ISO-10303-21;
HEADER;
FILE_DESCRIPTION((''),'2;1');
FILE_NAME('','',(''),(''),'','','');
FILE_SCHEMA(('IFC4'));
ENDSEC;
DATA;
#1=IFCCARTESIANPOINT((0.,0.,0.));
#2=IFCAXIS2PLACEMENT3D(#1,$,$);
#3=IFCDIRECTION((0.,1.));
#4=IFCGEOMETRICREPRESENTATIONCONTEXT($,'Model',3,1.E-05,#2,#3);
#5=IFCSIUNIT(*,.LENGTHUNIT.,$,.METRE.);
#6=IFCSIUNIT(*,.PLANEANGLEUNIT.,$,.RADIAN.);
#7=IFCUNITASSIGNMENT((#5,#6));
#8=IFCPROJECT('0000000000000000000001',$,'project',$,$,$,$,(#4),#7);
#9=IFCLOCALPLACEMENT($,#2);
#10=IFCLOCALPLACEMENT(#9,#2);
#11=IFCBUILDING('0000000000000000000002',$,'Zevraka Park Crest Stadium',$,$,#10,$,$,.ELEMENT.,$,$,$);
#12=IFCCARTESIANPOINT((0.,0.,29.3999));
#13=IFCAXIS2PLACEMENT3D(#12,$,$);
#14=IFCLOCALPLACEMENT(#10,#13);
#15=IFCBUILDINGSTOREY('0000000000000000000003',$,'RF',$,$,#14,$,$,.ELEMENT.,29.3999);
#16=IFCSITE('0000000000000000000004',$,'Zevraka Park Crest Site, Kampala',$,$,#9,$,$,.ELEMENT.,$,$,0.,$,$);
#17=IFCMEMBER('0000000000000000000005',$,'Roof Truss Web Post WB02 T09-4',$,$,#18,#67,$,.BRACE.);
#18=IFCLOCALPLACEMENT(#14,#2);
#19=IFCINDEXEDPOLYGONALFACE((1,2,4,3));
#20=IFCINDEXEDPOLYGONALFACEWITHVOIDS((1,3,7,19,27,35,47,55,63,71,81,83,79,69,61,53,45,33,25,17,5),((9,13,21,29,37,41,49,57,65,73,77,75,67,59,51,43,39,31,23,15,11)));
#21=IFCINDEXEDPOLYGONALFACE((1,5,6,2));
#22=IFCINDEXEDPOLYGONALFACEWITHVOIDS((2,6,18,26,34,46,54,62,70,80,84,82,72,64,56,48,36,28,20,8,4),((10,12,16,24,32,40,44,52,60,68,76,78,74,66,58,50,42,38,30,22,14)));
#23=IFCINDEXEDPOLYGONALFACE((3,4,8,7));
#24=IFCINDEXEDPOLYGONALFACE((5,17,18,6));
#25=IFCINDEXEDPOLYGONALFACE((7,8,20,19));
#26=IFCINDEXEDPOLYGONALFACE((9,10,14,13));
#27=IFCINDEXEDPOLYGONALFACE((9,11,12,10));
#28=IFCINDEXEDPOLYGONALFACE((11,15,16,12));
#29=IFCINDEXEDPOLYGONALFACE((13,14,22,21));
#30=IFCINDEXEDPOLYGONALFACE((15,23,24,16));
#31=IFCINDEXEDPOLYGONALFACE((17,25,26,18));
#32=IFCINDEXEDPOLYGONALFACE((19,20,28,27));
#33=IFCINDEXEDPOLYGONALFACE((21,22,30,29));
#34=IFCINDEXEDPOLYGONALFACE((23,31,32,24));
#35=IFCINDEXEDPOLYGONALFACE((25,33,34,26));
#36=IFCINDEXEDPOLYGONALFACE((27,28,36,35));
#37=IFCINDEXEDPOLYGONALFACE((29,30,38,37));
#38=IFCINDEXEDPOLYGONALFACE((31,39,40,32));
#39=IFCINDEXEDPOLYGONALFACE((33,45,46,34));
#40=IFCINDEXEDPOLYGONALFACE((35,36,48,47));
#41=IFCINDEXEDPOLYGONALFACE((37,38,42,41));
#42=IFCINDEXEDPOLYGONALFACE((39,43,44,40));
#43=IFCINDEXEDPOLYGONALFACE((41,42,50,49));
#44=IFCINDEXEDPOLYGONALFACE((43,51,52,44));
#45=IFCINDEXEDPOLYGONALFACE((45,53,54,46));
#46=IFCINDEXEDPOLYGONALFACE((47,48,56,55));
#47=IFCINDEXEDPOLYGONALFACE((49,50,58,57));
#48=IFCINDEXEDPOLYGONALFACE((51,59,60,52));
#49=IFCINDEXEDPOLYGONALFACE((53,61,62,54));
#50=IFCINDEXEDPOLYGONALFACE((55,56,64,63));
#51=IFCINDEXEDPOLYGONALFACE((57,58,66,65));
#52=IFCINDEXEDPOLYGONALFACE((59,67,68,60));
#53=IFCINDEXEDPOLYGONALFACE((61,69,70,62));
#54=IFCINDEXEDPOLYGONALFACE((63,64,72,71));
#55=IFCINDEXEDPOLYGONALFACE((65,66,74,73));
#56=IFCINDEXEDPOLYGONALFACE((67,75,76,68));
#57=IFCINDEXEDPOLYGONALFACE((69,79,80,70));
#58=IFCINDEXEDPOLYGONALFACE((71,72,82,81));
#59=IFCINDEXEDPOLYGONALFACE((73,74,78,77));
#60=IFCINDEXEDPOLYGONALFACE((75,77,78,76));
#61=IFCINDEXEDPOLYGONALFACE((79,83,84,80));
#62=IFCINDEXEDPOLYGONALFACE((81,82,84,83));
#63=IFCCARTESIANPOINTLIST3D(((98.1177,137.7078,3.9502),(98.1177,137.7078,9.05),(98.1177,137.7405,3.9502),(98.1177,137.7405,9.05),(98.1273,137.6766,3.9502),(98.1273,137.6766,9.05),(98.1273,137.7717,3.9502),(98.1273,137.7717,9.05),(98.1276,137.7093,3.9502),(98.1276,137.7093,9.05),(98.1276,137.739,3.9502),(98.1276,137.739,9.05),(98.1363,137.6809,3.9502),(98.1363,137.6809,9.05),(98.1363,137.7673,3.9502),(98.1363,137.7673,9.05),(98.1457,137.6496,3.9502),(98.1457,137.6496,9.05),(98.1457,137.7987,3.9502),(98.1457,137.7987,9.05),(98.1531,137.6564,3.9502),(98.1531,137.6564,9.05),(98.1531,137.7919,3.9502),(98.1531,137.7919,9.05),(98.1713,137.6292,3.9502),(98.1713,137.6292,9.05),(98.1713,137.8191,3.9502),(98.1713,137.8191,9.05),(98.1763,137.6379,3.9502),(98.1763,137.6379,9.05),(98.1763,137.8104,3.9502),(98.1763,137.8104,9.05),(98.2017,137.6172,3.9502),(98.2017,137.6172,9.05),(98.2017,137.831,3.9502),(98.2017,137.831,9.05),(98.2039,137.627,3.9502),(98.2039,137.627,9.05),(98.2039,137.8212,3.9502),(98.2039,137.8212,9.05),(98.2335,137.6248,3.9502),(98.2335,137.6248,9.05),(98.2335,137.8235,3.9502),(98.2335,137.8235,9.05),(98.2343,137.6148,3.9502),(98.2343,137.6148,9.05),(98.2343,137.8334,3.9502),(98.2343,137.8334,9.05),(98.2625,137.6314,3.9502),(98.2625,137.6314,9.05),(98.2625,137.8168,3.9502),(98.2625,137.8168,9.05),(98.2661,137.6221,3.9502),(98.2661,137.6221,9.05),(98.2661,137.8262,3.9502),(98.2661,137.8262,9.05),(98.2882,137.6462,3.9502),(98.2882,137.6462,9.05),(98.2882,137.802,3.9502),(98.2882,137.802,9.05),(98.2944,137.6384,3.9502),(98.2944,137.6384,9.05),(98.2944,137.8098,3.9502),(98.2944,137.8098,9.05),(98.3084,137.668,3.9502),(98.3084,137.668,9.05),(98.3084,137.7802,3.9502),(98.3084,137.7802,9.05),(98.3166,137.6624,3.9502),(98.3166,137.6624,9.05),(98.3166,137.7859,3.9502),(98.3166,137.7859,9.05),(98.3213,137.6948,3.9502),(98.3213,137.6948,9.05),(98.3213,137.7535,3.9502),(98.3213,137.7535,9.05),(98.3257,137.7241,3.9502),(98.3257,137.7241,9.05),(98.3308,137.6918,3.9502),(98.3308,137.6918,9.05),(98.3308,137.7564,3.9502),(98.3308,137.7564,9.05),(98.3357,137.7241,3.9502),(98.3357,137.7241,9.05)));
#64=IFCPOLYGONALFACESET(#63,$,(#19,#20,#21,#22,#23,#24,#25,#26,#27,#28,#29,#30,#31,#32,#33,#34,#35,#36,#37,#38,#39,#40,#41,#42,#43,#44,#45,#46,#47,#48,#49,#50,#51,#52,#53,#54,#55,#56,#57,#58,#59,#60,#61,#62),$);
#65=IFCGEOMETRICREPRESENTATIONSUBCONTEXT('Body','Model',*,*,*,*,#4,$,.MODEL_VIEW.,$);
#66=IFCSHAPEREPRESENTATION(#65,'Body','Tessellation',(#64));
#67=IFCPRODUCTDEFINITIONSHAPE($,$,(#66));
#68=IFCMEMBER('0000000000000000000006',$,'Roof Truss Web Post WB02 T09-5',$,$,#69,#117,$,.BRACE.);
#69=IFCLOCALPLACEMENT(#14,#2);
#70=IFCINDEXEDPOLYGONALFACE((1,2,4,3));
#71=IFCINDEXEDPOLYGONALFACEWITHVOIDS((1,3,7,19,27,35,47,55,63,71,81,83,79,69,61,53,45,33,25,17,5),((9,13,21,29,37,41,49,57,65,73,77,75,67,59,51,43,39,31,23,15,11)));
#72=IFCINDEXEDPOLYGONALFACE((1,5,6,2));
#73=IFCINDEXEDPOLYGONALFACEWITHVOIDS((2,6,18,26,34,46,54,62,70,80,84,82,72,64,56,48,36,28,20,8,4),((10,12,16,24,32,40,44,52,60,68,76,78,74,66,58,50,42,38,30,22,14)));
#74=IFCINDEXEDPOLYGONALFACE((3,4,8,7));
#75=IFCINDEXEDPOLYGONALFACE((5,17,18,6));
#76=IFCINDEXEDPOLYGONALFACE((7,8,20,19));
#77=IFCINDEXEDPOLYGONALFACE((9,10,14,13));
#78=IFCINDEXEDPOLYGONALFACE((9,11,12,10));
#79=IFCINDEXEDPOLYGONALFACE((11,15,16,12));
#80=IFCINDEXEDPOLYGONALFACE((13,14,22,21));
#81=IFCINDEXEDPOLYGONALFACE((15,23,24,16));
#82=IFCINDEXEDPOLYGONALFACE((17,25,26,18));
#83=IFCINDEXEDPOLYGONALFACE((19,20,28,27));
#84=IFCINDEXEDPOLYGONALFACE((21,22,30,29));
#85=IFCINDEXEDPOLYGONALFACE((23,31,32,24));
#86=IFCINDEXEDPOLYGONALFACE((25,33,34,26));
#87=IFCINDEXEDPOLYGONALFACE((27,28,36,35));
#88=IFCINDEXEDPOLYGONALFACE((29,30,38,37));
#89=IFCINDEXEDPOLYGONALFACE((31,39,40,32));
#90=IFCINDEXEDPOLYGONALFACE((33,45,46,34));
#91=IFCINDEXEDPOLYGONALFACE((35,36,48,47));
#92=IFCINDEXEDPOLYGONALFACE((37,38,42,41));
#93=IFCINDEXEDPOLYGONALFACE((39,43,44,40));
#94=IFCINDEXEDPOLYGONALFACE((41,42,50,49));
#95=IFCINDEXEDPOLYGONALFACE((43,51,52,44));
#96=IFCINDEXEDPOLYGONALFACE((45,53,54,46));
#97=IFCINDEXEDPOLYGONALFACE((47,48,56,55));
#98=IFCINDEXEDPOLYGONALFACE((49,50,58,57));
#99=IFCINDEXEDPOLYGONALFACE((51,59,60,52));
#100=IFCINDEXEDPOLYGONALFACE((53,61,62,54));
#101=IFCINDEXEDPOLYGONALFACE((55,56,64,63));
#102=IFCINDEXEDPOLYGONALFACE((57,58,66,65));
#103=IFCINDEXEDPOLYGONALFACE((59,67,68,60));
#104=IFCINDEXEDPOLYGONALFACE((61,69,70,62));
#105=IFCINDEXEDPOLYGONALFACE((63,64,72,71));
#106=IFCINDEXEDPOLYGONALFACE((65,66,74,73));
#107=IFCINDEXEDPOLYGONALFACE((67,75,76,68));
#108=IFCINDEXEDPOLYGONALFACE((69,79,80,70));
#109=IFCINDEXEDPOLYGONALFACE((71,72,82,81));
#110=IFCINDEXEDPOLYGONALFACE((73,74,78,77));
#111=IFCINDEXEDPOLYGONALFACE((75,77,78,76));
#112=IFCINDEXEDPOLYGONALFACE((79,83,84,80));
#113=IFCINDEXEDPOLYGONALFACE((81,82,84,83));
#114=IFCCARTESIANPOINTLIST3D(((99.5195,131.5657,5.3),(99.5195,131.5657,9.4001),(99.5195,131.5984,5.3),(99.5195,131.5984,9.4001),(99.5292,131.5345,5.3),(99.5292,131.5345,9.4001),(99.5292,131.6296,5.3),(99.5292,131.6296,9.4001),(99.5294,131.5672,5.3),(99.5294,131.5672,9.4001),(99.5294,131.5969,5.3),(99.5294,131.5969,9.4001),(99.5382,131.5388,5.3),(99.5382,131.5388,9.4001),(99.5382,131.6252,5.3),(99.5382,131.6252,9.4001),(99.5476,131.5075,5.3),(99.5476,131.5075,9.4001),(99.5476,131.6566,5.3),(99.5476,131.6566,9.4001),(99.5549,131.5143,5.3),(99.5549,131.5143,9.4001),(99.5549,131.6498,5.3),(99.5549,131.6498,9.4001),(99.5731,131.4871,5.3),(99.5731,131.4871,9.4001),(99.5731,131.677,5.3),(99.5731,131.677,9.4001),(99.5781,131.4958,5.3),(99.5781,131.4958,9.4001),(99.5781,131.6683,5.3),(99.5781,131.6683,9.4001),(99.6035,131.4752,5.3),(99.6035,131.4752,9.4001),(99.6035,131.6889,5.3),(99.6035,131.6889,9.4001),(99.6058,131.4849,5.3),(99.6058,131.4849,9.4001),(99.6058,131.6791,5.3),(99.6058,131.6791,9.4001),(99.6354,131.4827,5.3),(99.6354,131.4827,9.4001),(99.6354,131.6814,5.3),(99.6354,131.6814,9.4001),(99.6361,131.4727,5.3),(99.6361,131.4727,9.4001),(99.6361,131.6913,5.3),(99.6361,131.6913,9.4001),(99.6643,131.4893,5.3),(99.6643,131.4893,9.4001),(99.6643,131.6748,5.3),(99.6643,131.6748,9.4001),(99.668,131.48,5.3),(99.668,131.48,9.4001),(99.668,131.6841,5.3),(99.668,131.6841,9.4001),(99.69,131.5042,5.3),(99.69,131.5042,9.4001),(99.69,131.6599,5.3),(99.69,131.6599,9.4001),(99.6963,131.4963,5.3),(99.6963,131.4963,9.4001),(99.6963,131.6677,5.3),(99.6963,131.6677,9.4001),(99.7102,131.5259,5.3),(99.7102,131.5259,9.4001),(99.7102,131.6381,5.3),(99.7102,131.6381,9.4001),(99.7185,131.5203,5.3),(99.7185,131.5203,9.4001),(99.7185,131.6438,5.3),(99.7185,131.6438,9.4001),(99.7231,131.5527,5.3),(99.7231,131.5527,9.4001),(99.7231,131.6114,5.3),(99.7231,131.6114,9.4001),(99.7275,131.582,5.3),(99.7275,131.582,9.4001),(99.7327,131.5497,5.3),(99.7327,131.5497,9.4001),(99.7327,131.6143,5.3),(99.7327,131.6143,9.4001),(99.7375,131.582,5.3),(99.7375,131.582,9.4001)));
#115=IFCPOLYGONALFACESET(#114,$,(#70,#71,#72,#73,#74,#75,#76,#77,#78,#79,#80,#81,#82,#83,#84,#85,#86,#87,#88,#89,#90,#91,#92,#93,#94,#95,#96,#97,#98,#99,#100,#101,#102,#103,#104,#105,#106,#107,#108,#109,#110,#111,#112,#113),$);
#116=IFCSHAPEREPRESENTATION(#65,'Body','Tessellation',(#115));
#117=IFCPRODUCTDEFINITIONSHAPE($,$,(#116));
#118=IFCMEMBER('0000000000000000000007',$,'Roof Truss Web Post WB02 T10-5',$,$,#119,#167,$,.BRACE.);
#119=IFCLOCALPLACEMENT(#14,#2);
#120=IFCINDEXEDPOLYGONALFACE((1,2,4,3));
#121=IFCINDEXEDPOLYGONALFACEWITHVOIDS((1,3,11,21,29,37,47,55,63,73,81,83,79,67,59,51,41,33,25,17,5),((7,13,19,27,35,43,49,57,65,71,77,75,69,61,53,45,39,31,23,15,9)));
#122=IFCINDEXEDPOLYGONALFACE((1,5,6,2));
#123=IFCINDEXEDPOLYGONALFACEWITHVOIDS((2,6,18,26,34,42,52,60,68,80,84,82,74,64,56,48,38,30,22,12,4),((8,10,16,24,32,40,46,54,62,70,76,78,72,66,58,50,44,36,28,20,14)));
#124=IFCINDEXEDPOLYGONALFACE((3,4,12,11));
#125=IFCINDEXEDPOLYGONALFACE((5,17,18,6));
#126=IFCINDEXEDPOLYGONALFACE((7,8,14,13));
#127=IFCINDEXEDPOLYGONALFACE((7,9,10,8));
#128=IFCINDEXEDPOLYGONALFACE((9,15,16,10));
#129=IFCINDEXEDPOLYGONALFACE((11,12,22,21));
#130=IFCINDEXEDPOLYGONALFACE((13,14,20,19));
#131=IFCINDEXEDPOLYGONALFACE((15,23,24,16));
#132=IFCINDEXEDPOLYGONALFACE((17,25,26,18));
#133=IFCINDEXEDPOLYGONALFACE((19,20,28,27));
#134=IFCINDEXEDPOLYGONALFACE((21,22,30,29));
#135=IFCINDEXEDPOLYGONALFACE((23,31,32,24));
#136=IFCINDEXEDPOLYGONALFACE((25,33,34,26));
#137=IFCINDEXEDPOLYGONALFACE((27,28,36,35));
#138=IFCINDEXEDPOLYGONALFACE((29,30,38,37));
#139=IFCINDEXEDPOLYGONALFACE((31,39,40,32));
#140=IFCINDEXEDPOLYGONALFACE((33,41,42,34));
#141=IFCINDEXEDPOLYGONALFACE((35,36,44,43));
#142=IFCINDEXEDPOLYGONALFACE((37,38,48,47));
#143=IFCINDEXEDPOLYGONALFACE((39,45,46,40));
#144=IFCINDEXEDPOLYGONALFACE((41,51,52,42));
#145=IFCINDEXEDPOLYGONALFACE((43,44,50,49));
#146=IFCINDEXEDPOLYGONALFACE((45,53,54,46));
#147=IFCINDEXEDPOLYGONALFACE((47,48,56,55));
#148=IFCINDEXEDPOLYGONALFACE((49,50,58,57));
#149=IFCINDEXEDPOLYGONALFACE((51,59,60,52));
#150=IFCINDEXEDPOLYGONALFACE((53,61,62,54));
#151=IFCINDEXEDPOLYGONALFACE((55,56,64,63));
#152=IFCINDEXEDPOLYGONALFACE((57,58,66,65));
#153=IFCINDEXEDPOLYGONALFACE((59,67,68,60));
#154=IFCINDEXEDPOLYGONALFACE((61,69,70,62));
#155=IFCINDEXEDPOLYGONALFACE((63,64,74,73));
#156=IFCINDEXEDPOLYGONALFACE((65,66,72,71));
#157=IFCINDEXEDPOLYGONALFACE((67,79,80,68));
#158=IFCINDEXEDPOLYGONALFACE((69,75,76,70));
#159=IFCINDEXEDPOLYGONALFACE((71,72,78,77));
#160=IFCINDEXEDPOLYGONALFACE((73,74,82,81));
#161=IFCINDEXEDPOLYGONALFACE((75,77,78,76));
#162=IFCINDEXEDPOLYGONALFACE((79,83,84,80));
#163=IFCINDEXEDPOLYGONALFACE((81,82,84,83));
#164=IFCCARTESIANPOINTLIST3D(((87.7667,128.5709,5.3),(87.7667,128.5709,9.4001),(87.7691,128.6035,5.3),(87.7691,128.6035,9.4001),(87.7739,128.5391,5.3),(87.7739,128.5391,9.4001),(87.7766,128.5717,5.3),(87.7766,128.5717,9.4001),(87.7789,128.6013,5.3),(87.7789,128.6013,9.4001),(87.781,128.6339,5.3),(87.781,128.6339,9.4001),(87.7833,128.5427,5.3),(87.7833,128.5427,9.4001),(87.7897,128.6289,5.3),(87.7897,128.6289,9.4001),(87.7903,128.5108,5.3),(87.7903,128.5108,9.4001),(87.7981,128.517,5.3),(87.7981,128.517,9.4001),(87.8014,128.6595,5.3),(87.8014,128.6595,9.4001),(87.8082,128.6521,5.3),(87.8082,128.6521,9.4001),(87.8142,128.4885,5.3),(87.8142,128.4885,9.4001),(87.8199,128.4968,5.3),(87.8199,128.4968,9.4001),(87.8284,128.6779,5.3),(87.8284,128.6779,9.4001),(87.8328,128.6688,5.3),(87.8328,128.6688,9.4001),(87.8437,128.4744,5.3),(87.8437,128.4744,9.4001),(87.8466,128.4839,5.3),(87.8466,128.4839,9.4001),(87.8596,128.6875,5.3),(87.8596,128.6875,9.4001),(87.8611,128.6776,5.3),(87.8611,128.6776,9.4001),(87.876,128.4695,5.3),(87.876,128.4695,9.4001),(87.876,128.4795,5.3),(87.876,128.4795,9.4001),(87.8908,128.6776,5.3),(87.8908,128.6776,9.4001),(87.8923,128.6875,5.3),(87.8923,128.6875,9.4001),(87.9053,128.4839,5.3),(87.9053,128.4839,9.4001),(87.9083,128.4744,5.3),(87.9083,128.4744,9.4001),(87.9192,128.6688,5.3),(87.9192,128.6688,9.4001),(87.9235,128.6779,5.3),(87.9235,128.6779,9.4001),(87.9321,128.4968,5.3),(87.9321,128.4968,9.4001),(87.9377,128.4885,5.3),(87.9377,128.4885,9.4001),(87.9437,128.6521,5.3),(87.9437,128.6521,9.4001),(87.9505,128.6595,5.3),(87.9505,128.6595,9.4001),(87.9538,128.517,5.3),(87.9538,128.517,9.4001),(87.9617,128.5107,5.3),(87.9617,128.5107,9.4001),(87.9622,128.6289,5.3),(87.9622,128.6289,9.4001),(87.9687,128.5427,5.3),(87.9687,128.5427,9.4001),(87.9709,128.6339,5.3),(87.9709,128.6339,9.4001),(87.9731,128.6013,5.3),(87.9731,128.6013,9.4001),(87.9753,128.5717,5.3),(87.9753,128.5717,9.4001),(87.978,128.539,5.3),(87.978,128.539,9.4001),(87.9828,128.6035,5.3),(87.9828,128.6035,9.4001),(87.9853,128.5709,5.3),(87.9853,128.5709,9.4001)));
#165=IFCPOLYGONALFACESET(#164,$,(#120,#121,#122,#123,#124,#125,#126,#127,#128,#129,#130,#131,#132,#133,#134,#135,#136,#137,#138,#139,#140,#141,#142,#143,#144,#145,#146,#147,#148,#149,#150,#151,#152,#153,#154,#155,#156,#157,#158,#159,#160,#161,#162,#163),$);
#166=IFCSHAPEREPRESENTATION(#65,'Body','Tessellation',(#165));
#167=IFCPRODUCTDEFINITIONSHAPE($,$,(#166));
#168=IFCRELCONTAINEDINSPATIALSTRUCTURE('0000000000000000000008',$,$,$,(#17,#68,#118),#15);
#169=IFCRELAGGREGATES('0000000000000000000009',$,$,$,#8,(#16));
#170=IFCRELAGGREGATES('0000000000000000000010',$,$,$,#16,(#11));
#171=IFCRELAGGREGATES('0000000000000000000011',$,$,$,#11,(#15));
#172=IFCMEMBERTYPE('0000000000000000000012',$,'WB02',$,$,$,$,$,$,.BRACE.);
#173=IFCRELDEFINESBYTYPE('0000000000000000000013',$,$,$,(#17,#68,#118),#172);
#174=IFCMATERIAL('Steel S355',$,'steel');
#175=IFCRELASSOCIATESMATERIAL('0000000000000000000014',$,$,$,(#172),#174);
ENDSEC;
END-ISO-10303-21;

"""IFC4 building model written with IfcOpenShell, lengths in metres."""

from ifc_helpers import new_model, si_unit, direction, frame, origin, origin_2d, place, context, subcontext, project, spatial, hollow_circle, extrude, material, material_profile, profile_set, type_object, element, save


model = new_model("IFC4")

# Units and contexts
model_context = context("Model", 3, precision=1e-05, world=origin(), true_north=direction((0.0, 1.0)))
body_context = subcontext(model_context, "Body", "Model", "MODEL_VIEW")
ifc_project = project(units=[si_unit("LENGTHUNIT", "METRE"), si_unit("PLANEANGLEUNIT", "RADIAN")], contexts=[model_context])

# Site, building, storey
site_placement = place(None, origin())
site = spatial("IfcSite", under=ifc_project, at=site_placement, Name="Zevraka Park Crest Site, Kampala", CompositionType="ELEMENT", RefElevation=0.0)
building_placement = place(site_placement, origin())
building = spatial("IfcBuilding", under=site, at=building_placement, Name="Zevraka Park Crest Stadium", CompositionType="ELEMENT")
storey_placement = place(building_placement, frame((0.0, 0.0, 29.3999)))
storey = spatial("IfcBuildingStorey", under=building, at=storey_placement, Name="RF", CompositionType="ELEMENT", Elevation=29.3999)

# Members
ifc_material_1 = material(Name="Steel S355", Category="steel")
ifc_material_profile_1 = material_profile(ifc_material_1, hollow_circle(Radius=0.1096, WallThickness=0.01, at=origin_2d()), Name="CHS 219.1x10")
ifc_profile_set_1 = profile_set([ifc_material_profile_1], Name="Steel S355")
member_type_1 = type_object("IfcMemberType", Name="WB02", PredefinedType="BRACE", material=ifc_profile_set_1)
member_1_placement = place(storey_placement, frame((98.2261, 137.7241, 3.9502), z_axis=(0.0, 0.0, 1.0), x_axis=(-0.22257, 0.974917, 0.0)))
element("IfcMember", 1, at=member_1_placement, inside=storey, type_object=member_type_1, Name="Roof Truss Web Post WB02 T09-4", PredefinedType="BRACE", context=body_context, shape_type="SweptSolid", body=[
    extrude(hollow_circle(Radius=0.1096, WallThickness=0.01, at=origin_2d()), origin(), (0.0, 0.0, 1.0), 5.0999),
])
for number, where, z_axis, x_axis, name in (
    (2, (99.6279, 131.582, 5.3), (0.0, 0.0, 1.0), (-0.22257, 0.974917, 0.0), "Roof Truss Web Post WB02 T09-5"),
    (3, (87.876, 128.5791, 5.3), (0.0, 0.0, 1.0), (-0.433816, 0.901001, 0.0), "Roof Truss Web Post WB02 T10-5"),
):
    element("IfcMember", number, at=place(storey_placement, frame(where, z_axis=z_axis, x_axis=x_axis)), inside=storey, type_object=member_type_1, Name=name, PredefinedType="BRACE", context=body_context, shape_type="SweptSolid", body=[
        extrude(hollow_circle(Radius=0.1096, WallThickness=0.01, at=origin_2d()), origin(), (0.0, 0.0, 1.0), 4.1001),
    ])

save(model, "model.ifc")
